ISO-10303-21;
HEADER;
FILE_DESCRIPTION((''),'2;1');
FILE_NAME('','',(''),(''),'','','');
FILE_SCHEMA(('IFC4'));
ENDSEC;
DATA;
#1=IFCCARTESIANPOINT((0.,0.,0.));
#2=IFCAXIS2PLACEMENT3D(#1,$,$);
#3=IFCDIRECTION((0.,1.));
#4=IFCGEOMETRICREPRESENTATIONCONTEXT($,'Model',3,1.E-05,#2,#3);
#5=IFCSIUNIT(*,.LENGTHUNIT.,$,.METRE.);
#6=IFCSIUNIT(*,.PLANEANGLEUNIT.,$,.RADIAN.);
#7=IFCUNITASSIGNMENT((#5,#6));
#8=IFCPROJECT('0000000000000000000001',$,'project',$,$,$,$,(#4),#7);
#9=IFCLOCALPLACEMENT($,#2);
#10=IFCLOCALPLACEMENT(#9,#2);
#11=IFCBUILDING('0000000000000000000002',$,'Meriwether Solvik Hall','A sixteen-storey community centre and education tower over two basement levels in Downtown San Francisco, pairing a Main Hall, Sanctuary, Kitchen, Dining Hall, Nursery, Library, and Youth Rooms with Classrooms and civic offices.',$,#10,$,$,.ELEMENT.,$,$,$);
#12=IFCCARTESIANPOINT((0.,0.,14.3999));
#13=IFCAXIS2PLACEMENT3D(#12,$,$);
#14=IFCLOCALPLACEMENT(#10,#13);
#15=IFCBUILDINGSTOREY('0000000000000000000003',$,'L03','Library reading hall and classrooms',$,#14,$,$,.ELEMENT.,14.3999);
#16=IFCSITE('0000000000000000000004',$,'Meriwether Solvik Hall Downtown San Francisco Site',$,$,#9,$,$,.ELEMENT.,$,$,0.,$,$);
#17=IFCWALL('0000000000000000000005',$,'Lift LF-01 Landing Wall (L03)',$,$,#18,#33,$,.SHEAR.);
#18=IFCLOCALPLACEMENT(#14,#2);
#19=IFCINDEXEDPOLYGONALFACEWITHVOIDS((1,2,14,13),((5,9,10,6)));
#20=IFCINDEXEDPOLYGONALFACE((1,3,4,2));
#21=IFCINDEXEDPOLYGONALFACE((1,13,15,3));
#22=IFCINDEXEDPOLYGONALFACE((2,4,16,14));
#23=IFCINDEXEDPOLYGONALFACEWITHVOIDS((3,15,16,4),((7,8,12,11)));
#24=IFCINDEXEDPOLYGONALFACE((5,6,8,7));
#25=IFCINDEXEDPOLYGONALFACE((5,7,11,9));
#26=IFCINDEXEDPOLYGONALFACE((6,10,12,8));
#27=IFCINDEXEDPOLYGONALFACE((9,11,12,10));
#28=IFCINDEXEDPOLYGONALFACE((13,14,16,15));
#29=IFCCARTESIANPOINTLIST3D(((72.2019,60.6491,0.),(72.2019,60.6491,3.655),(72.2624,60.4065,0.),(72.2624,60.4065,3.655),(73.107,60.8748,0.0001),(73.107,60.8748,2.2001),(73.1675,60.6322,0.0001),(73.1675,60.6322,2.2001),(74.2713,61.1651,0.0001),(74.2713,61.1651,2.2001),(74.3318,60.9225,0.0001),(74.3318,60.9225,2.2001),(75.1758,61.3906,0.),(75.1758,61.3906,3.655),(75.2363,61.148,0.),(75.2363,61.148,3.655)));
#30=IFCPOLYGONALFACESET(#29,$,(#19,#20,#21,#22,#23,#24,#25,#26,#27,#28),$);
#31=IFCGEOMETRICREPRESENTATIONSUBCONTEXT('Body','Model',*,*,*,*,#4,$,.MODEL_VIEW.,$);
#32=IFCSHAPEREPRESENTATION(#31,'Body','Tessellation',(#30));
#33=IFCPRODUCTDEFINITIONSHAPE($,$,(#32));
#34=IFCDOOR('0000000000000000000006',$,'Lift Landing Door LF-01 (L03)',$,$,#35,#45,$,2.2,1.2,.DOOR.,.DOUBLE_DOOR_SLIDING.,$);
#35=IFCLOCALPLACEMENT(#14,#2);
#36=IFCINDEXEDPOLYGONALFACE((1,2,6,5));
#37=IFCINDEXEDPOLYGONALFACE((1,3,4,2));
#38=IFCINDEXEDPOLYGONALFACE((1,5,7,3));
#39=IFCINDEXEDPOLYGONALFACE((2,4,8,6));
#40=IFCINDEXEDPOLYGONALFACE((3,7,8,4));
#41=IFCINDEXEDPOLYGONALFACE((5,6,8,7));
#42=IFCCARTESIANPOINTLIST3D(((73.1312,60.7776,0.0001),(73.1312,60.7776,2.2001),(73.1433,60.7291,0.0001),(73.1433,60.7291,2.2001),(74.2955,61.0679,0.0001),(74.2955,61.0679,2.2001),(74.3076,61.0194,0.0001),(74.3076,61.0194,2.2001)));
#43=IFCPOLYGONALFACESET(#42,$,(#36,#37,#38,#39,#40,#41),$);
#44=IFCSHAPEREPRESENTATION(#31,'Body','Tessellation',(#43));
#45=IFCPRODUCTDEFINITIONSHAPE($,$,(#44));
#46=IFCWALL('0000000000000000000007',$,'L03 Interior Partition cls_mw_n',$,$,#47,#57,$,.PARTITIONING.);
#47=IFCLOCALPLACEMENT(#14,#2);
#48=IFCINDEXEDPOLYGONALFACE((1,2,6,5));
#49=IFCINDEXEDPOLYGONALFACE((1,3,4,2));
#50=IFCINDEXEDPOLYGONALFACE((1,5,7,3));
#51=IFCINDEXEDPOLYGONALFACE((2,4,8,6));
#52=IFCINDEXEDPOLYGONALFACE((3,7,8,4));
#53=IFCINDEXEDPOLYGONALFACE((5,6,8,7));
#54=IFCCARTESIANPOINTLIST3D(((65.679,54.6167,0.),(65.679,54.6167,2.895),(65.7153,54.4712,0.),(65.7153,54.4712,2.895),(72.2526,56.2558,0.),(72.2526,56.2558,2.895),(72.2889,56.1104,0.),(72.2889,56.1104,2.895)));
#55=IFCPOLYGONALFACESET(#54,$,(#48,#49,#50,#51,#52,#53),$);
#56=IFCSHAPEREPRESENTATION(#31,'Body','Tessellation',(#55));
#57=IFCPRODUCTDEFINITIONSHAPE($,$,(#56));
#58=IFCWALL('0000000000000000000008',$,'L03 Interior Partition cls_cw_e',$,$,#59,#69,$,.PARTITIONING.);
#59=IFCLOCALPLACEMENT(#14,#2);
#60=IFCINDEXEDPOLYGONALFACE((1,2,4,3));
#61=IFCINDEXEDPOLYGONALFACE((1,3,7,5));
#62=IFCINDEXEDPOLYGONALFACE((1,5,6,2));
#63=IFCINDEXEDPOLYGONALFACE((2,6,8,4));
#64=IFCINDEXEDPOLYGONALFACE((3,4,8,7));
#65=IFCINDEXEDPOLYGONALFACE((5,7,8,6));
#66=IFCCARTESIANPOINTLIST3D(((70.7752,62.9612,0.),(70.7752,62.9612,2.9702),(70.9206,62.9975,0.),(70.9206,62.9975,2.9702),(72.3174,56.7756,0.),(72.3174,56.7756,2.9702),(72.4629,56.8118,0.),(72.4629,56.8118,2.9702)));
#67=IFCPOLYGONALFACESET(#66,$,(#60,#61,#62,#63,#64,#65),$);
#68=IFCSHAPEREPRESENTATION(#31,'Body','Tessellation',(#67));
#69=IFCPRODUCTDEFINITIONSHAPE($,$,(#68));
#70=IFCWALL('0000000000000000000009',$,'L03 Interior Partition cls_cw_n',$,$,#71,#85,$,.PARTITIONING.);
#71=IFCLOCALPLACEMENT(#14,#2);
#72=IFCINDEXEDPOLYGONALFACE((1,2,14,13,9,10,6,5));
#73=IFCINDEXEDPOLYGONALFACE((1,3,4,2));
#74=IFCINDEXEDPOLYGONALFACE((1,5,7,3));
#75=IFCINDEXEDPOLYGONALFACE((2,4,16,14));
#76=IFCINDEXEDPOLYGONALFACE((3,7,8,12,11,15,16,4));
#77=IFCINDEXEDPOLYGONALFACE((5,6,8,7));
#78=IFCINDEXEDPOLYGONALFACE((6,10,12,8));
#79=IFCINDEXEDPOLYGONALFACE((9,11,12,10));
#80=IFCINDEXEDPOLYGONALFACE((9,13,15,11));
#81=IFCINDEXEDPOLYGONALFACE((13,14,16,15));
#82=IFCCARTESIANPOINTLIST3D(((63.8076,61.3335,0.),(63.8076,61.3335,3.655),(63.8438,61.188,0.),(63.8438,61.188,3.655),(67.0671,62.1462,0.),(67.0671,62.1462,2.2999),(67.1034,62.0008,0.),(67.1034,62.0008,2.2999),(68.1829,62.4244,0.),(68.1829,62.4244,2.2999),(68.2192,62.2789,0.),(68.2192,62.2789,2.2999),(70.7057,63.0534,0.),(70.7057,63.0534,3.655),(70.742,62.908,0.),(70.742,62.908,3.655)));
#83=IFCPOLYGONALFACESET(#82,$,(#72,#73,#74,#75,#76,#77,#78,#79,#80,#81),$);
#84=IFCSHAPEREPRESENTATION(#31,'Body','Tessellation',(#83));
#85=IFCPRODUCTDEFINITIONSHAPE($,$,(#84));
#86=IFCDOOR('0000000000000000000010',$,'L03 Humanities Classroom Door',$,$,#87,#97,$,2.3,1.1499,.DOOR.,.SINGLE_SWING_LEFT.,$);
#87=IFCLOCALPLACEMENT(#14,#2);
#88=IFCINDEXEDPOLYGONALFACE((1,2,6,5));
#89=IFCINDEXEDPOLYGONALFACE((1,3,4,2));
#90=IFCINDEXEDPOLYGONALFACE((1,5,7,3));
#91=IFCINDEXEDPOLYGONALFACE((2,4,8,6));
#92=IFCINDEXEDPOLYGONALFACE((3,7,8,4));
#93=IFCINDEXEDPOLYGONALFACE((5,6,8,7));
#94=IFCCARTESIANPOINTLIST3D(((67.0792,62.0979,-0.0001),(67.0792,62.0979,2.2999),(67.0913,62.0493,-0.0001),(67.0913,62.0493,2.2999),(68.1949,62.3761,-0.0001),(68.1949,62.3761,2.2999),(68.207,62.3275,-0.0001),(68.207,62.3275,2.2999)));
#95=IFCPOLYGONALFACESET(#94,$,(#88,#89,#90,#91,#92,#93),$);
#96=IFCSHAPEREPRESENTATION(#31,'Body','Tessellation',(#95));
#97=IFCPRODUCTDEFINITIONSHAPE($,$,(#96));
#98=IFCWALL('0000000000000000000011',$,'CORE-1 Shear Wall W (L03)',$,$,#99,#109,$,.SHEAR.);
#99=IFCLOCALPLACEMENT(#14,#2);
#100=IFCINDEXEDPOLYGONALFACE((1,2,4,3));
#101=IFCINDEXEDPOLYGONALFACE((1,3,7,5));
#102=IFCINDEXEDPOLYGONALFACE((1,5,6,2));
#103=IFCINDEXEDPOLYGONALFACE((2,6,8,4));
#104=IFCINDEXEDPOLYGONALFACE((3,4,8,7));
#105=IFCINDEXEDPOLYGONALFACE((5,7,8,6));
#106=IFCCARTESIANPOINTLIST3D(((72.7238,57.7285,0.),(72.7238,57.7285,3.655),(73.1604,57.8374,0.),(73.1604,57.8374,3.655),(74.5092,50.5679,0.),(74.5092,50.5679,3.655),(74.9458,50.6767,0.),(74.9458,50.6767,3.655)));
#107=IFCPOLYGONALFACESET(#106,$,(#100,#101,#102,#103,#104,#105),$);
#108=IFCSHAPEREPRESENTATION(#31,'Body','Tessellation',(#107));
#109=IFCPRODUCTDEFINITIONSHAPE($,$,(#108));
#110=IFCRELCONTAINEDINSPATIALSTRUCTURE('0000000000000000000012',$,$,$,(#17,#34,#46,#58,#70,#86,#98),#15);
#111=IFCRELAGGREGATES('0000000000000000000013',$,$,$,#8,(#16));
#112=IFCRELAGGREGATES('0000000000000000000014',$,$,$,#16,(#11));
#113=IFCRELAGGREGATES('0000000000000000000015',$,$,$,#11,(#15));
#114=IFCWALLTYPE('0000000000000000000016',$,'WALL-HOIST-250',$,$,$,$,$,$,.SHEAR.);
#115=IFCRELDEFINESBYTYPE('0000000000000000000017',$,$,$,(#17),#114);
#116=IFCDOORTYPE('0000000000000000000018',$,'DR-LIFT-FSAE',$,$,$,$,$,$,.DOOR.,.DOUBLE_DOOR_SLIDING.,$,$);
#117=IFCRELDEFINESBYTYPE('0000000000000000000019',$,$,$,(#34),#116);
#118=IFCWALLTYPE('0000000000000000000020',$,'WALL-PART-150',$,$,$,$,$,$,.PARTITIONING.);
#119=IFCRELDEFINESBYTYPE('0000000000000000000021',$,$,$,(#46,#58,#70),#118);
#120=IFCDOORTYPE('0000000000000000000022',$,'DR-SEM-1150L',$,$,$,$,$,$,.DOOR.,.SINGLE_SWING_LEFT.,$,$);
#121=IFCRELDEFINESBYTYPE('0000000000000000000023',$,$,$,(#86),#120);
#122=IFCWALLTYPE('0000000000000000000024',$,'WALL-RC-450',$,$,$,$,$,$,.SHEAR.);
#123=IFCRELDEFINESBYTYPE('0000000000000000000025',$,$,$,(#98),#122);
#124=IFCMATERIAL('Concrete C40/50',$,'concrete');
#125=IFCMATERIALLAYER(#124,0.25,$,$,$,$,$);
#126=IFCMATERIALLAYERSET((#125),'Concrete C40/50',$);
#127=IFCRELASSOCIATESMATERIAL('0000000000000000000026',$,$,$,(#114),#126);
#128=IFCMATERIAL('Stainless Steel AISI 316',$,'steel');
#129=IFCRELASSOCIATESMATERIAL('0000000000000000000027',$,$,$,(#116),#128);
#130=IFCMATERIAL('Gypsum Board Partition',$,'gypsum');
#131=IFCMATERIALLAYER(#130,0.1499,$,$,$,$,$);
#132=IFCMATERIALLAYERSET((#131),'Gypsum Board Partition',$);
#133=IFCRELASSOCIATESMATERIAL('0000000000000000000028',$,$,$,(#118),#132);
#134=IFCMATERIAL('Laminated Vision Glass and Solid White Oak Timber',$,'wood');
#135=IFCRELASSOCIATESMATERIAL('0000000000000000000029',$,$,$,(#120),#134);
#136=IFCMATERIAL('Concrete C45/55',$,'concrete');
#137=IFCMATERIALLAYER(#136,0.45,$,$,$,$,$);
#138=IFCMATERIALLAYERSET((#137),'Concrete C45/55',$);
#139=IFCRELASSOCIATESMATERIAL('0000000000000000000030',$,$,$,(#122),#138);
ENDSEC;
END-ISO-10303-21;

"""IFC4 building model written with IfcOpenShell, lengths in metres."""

from ifc_helpers import new_model, si_unit, direction, frame, frame_2d, origin, place, context, subcontext, project, spatial, rectangle, extrude, material, layer, layer_set, type_object, element, fill, save


model = new_model("IFC4")

# Units and contexts
model_context = context("Model", 3, precision=1e-05, world=origin(), true_north=direction((0.0, 1.0)))
body_context = subcontext(model_context, "Body", "Model", "MODEL_VIEW")
ifc_project = project(units=[si_unit("LENGTHUNIT", "METRE"), si_unit("PLANEANGLEUNIT", "RADIAN")], contexts=[model_context])

# Site, building, storey
site_placement = place(None, origin())
site = spatial("IfcSite", under=ifc_project, at=site_placement, Name="Meriwether Solvik Hall Downtown San Francisco Site", CompositionType="ELEMENT", RefElevation=0.0)
building_placement = place(site_placement, origin())
building = spatial("IfcBuilding", under=site, at=building_placement, Name="Meriwether Solvik Hall", Description="A sixteen-storey community centre and education tower over two basement levels in Downtown San Francisco, pairing a Main Hall, Sanctuary, Kitchen, Dining Hall, Nursery, Library, and Youth Rooms with Classrooms and civic offices.", CompositionType="ELEMENT")
storey_placement = place(building_placement, frame((0.0, 0.0, 14.3999)))
storey = spatial("IfcBuildingStorey", under=building, at=storey_placement, Name="L03", Description="Library reading hall and classrooms", CompositionType="ELEMENT", Elevation=14.3999)

# Shared definitions
ifc_material_1 = material(Name="Concrete C40/50", Category="concrete")
ifc_layer_1 = layer(ifc_material_1, 0.25)
ifc_layer_set_1 = layer_set([ifc_layer_1], Name="Concrete C40/50")
wall_type_1 = type_object("IfcWallType", Name="WALL-HOIST-250", PredefinedType="SHEAR", material=ifc_layer_set_1)

# Wall, opening, door
wall_1_placement = place(storey_placement, frame((72.2322, 60.5278, 0.0), z_axis=(0.0, 0.0, 1.0), x_axis=(0.970297, 0.241917, 0.0)))
wall_1 = element("IfcWall", 1, at=wall_1_placement, inside=storey, type_object=wall_type_1, Name="Lift LF-01 Landing Wall (L03)", PredefinedType="SHEAR", context=body_context, shape_type="SweptSolid", body=[
    extrude(rectangle(XDim=3.0649, YDim=0.25, at=frame_2d((1.5325, 0.0))), origin(), (0.0, 0.0, 1.0), 3.655),
])
opening_1_placement = place(wall_1_placement, frame((0.9326, 0.0, 0.0)))
opening_1 = element("IfcOpeningElement", 2, at=opening_1_placement, cuts=wall_1, PredefinedType="OPENING", context=body_context, shape_type="SweptSolid", body=[
    extrude(rectangle(XDim=1.2, YDim=2.2, at=frame_2d((0.6001, 1.1001))), frame((0.0, 0.137, 0.0), z_axis=(0.0, -1.0, 0.0), x_axis=(1.0, 0.0, 0.0)), (0.0, 0.0, 1.0), 0.2739),
])
ifc_material_2 = material(Name="Stainless Steel AISI 316", Category="steel")
door_type_1 = type_object("IfcDoorType", Name="DR-LIFT-FSAE", OperationType="DOUBLE_DOOR_SLIDING", PredefinedType="DOOR", material=ifc_material_2)
door_1_placement = place(opening_1_placement, origin())
door_1 = element("IfcDoor", 3, at=door_1_placement, inside=storey, type_object=door_type_1, Name="Lift Landing Door LF-01 (L03)", OperationType="DOUBLE_DOOR_SLIDING", OverallHeight=2.2, OverallWidth=1.2, PredefinedType="DOOR", context=body_context, shape_type="SweptSolid", body=[
    extrude(rectangle(XDim=1.2, YDim=2.2, at=frame_2d((0.6001, 1.1001))), frame((0.0, 0.0249, 0.0), z_axis=(0.0, -1.0, 0.0), x_axis=(1.0, 0.0, 0.0)), (0.0, 0.0, 1.0), 0.05),
])
fill(opening_1, door_1)

# Walls
ifc_material_3 = material(Name="Gypsum Board Partition", Category="gypsum")
ifc_layer_2 = layer(ifc_material_3, 0.1499)
ifc_layer_set_2 = layer_set([ifc_layer_2], Name="Gypsum Board Partition")
wall_type_2 = type_object("IfcWallType", Name="WALL-PART-150", PredefinedType="PARTITIONING", material=ifc_layer_set_2)
wall_2_placement = place(storey_placement, frame((72.2708, 56.1831, 0.0), z_axis=(0.0, 0.0, 1.0), x_axis=(-0.970291, -0.241942, 0.0)))
element("IfcWall", 4, at=wall_2_placement, inside=storey, type_object=wall_type_2, Name="L03 Interior Partition cls_mw_n", PredefinedType="PARTITIONING", context=body_context, shape_type="SweptSolid", body=[
    extrude(rectangle(XDim=6.7749, YDim=0.1499, at=frame_2d((3.3875, 0.0))), origin(), (0.0, 0.0, 1.0), 2.895),
])
wall_3_placement = place(storey_placement, frame((72.3901, 56.7937, 0.0), z_axis=(0.0, 0.0, 1.0), x_axis=(-0.241923, 0.970295, 0.0)))
element("IfcWall", 5, at=wall_3_placement, inside=storey, type_object=wall_type_2, Name="L03 Interior Partition cls_cw_e", PredefinedType="PARTITIONING", context=body_context, shape_type="SweptSolid", body=[
    extrude(rectangle(XDim=6.375, YDim=0.1499, at=frame_2d((3.1875, 0.0))), origin(), (0.0, 0.0, 1.0), 2.9702),
])

# Wall, opening, door
wall_4_placement = place(storey_placement, frame((70.7239, 62.9807, 0.0), z_axis=(0.0, 0.0, 1.0), x_axis=(-0.970294, -0.24193, 0.0)))
wall_4 = element("IfcWall", 6, at=wall_4_placement, inside=storey, type_object=wall_type_2, Name="L03 Interior Partition cls_cw_n", PredefinedType="PARTITIONING", context=body_context, shape_type="SweptSolid", body=[
    extrude(rectangle(XDim=7.1094, YDim=0.1499, at=frame_2d((3.5547, 0.0))), origin(), (0.0, 0.0, 1.0), 3.655),
])
opening_2_placement = place(wall_4_placement, frame((2.6001, 0.0, 0.0)))
opening_2 = element("IfcOpeningElement", 7, at=opening_2_placement, cuts=wall_4, PredefinedType="OPENING", context=body_context, shape_type="SweptSolid", body=[
    extrude(rectangle(XDim=1.1499, YDim=2.3, at=frame_2d((0.575, 1.1499))), frame((0.0, 0.0869, 0.0), z_axis=(0.0, -1.0, 0.0), x_axis=(1.0, 0.0, 0.0)), (0.0, 0.0, 1.0), 0.1738),
])
ifc_material_4 = material(Name="Laminated Vision Glass and Solid White Oak Timber", Category="wood")
door_type_2 = type_object("IfcDoorType", Name="DR-SEM-1150L", OperationType="SINGLE_SWING_LEFT", PredefinedType="DOOR", material=ifc_material_4)
door_2_placement = place(opening_2_placement, origin())
door_2 = element("IfcDoor", 8, at=door_2_placement, inside=storey, type_object=door_type_2, Name="L03 Humanities Classroom Door", OperationType="SINGLE_SWING_LEFT", OverallHeight=2.3, OverallWidth=1.1499, PredefinedType="DOOR", context=body_context, shape_type="SweptSolid", body=[
    extrude(rectangle(XDim=1.1499, YDim=2.3, at=frame_2d((0.575, 1.1499))), frame((0.0, 0.0249, 0.0), z_axis=(0.0, -1.0, 0.0), x_axis=(1.0, 0.0, 0.0)), (0.0, 0.0, 1.0), 0.05),
])
fill(opening_2, door_2)

# Wall
ifc_material_5 = material(Name="Concrete C45/55", Category="concrete")
ifc_layer_3 = layer(ifc_material_5, 0.45)
ifc_layer_set_3 = layer_set([ifc_layer_3], Name="Concrete C45/55")
wall_type_3 = type_object("IfcWallType", Name="WALL-RC-450", PredefinedType="SHEAR", material=ifc_layer_set_3)
wall_5_placement = place(storey_placement, frame((72.9421, 57.783, 0.0), z_axis=(0.0, 0.0, 1.0), x_axis=(0.241928, -0.970294, 0.0)))
element("IfcWall", 9, at=wall_5_placement, inside=storey, type_object=wall_type_3, Name="CORE-1 Shear Wall W (L03)", PredefinedType="SHEAR", context=body_context, shape_type="SweptSolid", body=[
    extrude(rectangle(XDim=7.3799, YDim=0.45, at=frame_2d((3.6899, 0.0))), origin(), (0.0, 0.0, 1.0), 3.655),
])

save(model, "model.ifc")
